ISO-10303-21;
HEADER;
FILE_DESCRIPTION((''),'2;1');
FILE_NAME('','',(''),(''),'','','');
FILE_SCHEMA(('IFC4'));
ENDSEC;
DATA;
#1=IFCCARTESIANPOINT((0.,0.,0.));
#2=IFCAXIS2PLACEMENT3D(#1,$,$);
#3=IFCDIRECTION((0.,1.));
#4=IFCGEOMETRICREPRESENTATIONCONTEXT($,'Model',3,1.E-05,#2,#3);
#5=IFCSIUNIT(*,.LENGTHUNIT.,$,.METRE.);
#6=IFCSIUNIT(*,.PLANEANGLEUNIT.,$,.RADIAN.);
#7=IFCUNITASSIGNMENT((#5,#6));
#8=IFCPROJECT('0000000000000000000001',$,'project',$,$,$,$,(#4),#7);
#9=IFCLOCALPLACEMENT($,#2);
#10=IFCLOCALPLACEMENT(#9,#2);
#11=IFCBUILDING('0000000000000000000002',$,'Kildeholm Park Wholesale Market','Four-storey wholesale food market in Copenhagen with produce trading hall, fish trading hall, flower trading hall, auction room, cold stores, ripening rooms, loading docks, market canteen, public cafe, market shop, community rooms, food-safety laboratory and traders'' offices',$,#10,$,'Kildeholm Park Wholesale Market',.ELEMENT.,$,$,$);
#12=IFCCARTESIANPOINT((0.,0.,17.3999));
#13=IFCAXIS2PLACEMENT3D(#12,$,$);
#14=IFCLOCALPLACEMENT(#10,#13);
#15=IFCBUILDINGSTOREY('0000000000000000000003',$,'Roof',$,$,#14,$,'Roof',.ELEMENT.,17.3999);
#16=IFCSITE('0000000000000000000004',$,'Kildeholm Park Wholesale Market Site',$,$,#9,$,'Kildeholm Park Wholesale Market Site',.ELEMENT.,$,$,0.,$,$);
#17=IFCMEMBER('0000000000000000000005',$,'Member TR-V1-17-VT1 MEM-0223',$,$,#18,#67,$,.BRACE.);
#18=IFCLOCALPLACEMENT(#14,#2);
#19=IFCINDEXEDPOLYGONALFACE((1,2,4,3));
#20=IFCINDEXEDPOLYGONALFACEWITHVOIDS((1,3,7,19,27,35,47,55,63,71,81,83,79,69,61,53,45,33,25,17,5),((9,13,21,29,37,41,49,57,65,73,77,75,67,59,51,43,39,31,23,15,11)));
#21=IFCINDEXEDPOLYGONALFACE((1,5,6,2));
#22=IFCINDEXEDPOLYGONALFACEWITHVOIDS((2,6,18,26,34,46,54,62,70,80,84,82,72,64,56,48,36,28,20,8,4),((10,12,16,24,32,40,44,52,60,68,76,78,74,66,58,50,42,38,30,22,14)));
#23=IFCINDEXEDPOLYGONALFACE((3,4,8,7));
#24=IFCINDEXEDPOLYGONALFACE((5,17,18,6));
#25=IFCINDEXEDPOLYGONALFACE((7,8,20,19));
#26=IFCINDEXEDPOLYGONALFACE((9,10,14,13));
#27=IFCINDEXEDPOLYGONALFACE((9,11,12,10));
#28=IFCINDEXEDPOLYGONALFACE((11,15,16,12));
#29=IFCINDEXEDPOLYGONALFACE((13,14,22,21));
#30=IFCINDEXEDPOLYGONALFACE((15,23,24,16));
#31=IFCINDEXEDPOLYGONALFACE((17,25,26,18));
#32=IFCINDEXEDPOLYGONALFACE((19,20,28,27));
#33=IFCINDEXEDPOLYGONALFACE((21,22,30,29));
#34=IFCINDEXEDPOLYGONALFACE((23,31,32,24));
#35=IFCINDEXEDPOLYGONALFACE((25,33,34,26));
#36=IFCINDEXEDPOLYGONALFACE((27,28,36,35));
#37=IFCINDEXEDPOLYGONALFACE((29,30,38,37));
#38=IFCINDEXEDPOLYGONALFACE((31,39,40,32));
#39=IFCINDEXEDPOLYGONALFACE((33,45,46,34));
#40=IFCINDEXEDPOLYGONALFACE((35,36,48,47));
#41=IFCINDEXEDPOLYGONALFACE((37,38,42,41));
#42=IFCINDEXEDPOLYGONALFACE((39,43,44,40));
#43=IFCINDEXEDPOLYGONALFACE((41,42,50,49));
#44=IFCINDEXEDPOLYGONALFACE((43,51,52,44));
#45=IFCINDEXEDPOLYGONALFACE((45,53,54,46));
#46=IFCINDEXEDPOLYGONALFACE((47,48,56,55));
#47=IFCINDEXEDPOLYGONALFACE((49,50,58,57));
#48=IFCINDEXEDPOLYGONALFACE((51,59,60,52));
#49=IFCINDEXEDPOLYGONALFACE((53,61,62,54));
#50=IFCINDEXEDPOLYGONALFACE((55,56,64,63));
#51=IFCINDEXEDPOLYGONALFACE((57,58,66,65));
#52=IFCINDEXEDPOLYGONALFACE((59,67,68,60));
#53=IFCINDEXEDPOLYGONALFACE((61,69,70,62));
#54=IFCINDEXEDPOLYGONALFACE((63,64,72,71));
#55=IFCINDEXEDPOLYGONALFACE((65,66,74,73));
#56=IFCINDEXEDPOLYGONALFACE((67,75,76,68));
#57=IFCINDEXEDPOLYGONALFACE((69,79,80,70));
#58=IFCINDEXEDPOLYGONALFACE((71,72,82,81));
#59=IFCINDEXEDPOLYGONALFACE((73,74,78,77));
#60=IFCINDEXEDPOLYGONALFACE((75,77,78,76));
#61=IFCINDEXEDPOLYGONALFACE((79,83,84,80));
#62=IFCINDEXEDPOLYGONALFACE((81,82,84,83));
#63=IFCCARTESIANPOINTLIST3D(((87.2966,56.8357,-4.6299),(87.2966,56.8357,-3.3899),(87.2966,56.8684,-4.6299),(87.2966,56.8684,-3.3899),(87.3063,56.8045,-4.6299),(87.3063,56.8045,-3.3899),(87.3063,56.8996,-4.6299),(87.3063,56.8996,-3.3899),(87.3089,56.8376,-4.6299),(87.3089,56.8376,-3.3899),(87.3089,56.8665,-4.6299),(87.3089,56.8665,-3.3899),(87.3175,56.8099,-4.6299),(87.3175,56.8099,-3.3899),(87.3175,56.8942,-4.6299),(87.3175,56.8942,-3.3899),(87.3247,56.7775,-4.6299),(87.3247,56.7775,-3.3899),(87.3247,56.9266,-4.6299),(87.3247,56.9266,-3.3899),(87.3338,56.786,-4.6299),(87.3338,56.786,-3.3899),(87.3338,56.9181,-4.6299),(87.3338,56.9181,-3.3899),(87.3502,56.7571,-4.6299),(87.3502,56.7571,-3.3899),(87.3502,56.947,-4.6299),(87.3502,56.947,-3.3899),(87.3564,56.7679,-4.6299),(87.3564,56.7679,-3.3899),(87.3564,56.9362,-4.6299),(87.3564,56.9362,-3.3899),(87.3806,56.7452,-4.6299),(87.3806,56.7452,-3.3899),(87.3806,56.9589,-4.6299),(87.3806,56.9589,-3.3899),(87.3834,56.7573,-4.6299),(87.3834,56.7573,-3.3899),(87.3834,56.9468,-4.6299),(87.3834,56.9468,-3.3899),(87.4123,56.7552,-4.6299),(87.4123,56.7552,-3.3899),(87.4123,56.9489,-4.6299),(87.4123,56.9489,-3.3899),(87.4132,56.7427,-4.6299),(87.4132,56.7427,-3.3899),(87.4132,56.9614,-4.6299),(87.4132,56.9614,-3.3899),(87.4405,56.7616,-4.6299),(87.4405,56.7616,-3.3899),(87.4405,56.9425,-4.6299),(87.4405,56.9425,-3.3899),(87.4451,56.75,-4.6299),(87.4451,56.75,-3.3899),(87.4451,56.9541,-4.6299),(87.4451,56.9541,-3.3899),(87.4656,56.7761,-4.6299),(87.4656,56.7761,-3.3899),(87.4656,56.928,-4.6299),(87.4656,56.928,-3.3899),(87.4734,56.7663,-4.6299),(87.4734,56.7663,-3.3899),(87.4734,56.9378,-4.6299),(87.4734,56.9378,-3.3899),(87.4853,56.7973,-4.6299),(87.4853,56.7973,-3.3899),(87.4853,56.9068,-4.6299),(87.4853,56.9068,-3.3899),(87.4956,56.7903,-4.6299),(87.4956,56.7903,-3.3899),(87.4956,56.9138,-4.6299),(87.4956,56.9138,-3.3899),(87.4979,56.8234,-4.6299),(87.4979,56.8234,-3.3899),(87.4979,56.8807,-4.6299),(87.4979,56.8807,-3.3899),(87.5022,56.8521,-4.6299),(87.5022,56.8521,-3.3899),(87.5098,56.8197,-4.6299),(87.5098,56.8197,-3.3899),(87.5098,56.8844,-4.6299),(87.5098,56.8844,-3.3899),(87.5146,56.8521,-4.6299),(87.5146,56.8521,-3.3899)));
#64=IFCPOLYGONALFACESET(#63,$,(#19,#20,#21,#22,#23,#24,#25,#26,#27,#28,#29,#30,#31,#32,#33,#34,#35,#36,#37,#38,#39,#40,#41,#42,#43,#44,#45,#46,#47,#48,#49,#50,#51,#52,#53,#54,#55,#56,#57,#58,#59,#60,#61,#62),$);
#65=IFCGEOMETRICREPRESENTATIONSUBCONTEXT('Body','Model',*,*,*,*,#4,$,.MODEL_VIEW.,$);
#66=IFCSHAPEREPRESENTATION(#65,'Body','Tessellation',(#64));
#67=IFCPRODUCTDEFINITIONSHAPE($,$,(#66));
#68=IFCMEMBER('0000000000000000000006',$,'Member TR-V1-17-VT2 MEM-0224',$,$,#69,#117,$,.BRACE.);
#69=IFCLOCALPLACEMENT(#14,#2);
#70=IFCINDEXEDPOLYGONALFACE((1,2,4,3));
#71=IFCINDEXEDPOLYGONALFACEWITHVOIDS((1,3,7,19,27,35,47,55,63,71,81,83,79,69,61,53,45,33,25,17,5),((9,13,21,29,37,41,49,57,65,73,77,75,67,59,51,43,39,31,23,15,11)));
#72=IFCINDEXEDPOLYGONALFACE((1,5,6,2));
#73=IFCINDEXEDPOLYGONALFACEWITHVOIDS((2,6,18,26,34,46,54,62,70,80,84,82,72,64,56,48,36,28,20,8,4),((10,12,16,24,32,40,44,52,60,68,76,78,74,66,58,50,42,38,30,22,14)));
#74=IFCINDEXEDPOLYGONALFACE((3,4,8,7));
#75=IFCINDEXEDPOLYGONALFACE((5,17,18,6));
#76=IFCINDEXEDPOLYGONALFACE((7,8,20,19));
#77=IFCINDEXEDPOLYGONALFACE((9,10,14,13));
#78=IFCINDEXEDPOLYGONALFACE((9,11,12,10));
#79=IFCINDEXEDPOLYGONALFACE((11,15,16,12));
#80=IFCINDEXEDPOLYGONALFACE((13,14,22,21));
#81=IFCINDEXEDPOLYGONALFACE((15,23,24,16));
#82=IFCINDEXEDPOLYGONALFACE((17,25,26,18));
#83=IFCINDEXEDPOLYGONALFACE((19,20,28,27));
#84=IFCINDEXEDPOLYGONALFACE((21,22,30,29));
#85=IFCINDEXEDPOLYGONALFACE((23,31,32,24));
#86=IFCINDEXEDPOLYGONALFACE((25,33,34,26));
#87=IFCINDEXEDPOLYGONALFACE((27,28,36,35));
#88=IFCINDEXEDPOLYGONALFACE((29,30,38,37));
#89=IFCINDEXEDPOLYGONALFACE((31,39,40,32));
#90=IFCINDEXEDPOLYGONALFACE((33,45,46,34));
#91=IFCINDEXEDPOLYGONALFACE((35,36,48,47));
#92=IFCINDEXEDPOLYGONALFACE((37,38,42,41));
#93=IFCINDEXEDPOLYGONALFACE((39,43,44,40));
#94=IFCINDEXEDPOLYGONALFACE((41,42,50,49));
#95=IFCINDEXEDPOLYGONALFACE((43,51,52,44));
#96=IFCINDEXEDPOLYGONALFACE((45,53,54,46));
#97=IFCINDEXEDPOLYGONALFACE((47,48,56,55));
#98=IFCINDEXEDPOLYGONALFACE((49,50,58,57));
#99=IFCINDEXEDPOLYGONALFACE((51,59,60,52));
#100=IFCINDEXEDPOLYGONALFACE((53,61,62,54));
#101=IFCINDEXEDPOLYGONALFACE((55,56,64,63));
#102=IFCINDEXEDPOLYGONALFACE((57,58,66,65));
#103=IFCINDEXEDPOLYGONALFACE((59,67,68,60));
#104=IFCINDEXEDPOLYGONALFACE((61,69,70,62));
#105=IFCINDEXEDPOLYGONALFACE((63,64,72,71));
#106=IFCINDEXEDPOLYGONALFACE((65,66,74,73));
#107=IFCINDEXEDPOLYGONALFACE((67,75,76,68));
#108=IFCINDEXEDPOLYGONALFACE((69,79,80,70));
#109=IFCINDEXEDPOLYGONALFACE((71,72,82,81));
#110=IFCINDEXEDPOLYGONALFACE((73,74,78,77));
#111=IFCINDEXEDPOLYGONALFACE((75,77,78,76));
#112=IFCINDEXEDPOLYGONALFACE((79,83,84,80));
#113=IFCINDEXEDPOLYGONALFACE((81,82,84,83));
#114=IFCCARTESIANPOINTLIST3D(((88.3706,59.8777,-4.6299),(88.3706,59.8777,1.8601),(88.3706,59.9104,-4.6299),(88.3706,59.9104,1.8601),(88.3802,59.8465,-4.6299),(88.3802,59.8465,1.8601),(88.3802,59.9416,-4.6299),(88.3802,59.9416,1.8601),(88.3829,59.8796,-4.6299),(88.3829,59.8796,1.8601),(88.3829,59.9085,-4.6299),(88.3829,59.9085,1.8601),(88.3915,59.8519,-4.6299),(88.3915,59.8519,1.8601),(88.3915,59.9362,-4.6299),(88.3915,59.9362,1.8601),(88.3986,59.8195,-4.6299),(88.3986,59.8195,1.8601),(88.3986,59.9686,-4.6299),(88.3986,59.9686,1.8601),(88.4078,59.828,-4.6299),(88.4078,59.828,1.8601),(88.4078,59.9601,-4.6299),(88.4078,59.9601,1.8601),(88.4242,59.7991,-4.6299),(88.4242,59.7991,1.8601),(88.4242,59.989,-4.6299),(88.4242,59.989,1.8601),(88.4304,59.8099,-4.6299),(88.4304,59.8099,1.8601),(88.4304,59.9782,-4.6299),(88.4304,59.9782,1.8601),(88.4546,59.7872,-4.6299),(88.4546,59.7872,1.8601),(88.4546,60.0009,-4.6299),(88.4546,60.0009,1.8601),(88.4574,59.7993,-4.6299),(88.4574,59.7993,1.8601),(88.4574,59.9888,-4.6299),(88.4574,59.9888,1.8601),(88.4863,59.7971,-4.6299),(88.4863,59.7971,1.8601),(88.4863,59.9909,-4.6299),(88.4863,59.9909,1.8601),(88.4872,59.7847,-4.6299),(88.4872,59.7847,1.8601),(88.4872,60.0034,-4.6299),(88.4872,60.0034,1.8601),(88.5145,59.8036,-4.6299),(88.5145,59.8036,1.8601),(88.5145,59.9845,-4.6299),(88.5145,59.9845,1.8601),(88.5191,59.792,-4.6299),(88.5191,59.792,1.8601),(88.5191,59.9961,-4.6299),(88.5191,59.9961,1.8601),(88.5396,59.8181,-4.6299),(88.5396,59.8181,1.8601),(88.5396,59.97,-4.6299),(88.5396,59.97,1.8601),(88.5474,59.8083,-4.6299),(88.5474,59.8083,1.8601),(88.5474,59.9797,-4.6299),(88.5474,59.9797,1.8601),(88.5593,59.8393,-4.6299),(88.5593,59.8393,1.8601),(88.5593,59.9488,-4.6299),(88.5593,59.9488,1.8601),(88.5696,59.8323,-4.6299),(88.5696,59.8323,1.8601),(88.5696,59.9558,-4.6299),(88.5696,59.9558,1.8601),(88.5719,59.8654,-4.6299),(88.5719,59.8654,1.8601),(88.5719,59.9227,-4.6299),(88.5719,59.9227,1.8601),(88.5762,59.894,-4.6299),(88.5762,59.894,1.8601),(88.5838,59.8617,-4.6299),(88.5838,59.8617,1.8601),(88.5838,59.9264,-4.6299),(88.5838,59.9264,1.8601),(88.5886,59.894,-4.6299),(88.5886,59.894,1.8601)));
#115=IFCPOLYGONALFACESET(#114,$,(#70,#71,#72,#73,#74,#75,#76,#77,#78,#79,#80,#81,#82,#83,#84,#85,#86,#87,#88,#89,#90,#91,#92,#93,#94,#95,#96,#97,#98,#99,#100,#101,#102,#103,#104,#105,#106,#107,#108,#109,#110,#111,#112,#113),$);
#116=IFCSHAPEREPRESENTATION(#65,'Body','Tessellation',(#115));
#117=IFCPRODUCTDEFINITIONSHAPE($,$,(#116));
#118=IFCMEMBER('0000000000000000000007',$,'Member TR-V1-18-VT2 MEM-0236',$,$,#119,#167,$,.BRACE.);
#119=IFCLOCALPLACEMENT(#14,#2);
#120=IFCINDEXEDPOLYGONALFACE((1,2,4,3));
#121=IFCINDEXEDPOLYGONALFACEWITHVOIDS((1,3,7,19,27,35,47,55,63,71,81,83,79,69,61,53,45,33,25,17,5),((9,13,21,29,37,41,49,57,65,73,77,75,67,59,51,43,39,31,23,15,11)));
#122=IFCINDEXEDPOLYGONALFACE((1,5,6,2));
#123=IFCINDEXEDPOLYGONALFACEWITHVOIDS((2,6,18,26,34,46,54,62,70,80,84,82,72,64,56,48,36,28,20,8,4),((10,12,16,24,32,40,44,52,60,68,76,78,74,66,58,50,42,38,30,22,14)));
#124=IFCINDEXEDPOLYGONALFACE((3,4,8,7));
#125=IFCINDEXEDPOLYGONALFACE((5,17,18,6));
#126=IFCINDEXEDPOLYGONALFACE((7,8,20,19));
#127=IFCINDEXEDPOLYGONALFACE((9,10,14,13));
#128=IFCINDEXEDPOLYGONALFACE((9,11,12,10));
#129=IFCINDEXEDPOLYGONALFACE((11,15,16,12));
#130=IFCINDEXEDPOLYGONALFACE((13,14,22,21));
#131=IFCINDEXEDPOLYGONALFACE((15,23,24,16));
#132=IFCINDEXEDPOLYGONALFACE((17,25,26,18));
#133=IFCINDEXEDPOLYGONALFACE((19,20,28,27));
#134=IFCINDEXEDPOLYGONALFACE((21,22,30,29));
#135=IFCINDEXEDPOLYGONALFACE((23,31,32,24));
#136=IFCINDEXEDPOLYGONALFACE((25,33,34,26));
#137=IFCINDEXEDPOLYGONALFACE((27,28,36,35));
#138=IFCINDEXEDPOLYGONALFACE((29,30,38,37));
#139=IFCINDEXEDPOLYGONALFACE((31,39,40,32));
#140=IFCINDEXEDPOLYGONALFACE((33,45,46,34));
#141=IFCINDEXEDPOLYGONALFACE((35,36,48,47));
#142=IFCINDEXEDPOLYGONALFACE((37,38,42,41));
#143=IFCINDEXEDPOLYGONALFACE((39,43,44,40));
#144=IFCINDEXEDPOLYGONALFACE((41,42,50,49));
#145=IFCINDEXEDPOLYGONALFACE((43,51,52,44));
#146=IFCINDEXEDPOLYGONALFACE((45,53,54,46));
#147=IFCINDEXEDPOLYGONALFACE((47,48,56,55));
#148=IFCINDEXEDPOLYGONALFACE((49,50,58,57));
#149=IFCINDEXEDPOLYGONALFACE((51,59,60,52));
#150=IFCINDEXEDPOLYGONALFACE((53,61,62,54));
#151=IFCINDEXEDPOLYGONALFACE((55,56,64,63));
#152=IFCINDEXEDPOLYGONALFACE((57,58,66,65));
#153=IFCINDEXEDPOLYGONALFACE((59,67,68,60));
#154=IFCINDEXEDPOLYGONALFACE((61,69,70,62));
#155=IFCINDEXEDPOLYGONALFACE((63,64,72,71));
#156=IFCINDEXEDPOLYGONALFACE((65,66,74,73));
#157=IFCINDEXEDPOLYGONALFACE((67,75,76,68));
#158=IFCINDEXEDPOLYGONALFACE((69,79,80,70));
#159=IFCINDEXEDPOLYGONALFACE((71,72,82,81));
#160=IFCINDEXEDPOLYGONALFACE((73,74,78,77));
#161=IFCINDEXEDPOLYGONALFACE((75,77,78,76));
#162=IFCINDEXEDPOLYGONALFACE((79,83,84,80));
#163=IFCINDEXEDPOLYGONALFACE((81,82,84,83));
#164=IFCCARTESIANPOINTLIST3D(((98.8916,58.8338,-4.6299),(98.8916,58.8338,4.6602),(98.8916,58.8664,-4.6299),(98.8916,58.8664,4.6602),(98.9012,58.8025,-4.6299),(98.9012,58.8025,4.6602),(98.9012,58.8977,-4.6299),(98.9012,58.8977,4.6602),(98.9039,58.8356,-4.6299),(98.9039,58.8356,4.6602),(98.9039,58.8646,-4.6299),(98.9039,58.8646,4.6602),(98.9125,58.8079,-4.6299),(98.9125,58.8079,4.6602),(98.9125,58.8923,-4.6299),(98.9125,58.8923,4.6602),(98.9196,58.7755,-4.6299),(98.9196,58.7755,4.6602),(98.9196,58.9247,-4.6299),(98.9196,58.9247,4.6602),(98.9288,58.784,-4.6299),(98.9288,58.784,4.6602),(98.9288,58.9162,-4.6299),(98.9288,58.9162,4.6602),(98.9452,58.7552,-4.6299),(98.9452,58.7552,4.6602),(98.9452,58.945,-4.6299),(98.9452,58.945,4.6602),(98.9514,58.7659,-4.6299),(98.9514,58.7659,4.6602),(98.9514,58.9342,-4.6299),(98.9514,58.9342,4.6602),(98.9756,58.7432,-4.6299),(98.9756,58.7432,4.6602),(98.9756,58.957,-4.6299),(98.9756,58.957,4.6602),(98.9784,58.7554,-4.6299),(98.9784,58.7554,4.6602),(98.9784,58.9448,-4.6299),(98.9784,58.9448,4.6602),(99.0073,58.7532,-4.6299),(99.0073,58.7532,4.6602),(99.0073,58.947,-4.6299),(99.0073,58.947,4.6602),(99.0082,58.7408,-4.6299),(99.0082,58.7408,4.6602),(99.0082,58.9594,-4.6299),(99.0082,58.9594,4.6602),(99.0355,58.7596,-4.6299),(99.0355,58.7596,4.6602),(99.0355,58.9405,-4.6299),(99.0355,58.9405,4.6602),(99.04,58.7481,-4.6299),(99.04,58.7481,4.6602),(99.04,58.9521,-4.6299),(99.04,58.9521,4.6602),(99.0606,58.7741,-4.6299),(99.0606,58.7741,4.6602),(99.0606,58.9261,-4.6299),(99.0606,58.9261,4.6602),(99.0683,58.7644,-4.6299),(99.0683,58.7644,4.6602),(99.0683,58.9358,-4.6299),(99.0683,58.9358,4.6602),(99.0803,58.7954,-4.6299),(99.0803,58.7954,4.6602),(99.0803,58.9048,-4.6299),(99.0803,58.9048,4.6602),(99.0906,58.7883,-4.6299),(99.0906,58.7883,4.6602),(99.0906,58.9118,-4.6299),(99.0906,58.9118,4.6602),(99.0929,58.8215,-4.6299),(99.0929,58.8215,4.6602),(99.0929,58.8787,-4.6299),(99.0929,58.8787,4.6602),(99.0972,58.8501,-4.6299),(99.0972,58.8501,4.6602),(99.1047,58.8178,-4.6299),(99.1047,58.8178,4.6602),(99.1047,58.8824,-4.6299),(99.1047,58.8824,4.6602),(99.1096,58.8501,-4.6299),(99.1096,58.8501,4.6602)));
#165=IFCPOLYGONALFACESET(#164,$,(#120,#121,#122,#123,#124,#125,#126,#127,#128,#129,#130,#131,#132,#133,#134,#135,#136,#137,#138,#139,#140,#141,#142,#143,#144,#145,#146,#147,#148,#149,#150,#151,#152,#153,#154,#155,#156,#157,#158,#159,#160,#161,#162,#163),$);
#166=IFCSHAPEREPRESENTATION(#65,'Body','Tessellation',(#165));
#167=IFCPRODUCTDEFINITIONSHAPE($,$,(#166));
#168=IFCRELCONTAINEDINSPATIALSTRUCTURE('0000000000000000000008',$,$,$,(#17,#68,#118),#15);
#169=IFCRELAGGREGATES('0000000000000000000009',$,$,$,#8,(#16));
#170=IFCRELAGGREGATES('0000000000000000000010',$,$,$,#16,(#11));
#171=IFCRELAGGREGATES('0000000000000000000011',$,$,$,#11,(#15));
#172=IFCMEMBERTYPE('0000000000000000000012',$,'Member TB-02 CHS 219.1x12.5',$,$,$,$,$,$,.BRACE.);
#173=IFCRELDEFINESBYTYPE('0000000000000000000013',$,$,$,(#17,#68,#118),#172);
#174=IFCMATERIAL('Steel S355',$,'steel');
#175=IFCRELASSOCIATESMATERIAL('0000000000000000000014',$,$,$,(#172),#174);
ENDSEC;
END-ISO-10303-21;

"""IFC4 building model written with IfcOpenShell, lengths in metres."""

from ifc_helpers import new_model, si_unit, direction, frame, origin, origin_2d, place, context, subcontext, project, spatial, hollow_circle, extrude, material, material_profile, profile_set, type_object, element, save


model = new_model("IFC4")

# Units and contexts
model_context = context("Model", 3, precision=1e-05, world=origin(), true_north=direction((0.0, 1.0)))
body_context = subcontext(model_context, "Body", "Model", "MODEL_VIEW")
ifc_project = project(units=[si_unit("LENGTHUNIT", "METRE"), si_unit("PLANEANGLEUNIT", "RADIAN")], contexts=[model_context])

# Site, building, storey
site_placement = place(None, origin())
site = spatial("IfcSite", under=ifc_project, at=site_placement, Name="Kildeholm Park Wholesale Market Site", LongName="Kildeholm Park Wholesale Market Site", CompositionType="ELEMENT", RefElevation=0.0)
building_placement = place(site_placement, origin())
building = spatial("IfcBuilding", under=site, at=building_placement, Name="Kildeholm Park Wholesale Market", Description="Four-storey wholesale food market in Copenhagen with produce trading hall, fish trading hall, flower trading hall, auction room, cold stores, ripening rooms, loading docks, market canteen, public cafe, market shop, community rooms, food-safety laboratory and traders' offices", LongName="Kildeholm Park Wholesale Market", CompositionType="ELEMENT")
storey_placement = place(building_placement, frame((0.0, 0.0, 17.3999)))
storey = spatial("IfcBuildingStorey", under=building, at=storey_placement, Name="Roof", LongName="Roof", CompositionType="ELEMENT", Elevation=17.3999)

# Members
ifc_material_1 = material(Name="Steel S355", Category="steel")
ifc_material_profile_1 = material_profile(ifc_material_1, hollow_circle(Radius=0.1096, WallThickness=0.0125, at=origin_2d()), Name="CHS 219.1x12.5")
ifc_profile_set_1 = profile_set([ifc_material_profile_1], Name="Steel S355")
member_type_1 = type_object("IfcMemberType", Name="Member TB-02 CHS 219.1x12.5", PredefinedType="BRACE", material=ifc_profile_set_1)
member_1_placement = place(storey_placement, frame((87.405, 56.8521, -4.6299), z_axis=(0.0, 0.0, 1.0), x_axis=(1.0, 0.0, 0.0)))
element("IfcMember", 1, at=member_1_placement, inside=storey, type_object=member_type_1, Name="Member TR-V1-17-VT1 MEM-0223", PredefinedType="BRACE", context=body_context, shape_type="SweptSolid", body=[
    extrude(hollow_circle(Radius=0.1096, WallThickness=0.0125, at=origin_2d()), origin(), (0.0, 0.0, 1.0), 1.24),
])
member_2_placement = place(storey_placement, frame((88.479, 59.894, -4.6299), z_axis=(0.0, 0.0, 1.0), x_axis=(1.0, 0.0, 0.0)))
element("IfcMember", 2, at=member_2_placement, inside=storey, type_object=member_type_1, Name="Member TR-V1-17-VT2 MEM-0224", PredefinedType="BRACE", context=body_context, shape_type="SweptSolid", body=[
    extrude(hollow_circle(Radius=0.1096, WallThickness=0.0125, at=origin_2d()), origin(), (0.0, 0.0, 1.0), 6.49),
])
member_3_placement = place(storey_placement, frame((99.0, 58.8501, -4.6299), z_axis=(0.0, 0.0, 1.0), x_axis=(1.0, 0.0, 0.0)))
element("IfcMember", 3, at=member_3_placement, inside=storey, type_object=member_type_1, Name="Member TR-V1-18-VT2 MEM-0236", PredefinedType="BRACE", context=body_context, shape_type="SweptSolid", body=[
    extrude(hollow_circle(Radius=0.1096, WallThickness=0.0125, at=origin_2d()), origin(), (0.0, 0.0, 1.0), 9.29),
])

save(model, "model.ifc")
